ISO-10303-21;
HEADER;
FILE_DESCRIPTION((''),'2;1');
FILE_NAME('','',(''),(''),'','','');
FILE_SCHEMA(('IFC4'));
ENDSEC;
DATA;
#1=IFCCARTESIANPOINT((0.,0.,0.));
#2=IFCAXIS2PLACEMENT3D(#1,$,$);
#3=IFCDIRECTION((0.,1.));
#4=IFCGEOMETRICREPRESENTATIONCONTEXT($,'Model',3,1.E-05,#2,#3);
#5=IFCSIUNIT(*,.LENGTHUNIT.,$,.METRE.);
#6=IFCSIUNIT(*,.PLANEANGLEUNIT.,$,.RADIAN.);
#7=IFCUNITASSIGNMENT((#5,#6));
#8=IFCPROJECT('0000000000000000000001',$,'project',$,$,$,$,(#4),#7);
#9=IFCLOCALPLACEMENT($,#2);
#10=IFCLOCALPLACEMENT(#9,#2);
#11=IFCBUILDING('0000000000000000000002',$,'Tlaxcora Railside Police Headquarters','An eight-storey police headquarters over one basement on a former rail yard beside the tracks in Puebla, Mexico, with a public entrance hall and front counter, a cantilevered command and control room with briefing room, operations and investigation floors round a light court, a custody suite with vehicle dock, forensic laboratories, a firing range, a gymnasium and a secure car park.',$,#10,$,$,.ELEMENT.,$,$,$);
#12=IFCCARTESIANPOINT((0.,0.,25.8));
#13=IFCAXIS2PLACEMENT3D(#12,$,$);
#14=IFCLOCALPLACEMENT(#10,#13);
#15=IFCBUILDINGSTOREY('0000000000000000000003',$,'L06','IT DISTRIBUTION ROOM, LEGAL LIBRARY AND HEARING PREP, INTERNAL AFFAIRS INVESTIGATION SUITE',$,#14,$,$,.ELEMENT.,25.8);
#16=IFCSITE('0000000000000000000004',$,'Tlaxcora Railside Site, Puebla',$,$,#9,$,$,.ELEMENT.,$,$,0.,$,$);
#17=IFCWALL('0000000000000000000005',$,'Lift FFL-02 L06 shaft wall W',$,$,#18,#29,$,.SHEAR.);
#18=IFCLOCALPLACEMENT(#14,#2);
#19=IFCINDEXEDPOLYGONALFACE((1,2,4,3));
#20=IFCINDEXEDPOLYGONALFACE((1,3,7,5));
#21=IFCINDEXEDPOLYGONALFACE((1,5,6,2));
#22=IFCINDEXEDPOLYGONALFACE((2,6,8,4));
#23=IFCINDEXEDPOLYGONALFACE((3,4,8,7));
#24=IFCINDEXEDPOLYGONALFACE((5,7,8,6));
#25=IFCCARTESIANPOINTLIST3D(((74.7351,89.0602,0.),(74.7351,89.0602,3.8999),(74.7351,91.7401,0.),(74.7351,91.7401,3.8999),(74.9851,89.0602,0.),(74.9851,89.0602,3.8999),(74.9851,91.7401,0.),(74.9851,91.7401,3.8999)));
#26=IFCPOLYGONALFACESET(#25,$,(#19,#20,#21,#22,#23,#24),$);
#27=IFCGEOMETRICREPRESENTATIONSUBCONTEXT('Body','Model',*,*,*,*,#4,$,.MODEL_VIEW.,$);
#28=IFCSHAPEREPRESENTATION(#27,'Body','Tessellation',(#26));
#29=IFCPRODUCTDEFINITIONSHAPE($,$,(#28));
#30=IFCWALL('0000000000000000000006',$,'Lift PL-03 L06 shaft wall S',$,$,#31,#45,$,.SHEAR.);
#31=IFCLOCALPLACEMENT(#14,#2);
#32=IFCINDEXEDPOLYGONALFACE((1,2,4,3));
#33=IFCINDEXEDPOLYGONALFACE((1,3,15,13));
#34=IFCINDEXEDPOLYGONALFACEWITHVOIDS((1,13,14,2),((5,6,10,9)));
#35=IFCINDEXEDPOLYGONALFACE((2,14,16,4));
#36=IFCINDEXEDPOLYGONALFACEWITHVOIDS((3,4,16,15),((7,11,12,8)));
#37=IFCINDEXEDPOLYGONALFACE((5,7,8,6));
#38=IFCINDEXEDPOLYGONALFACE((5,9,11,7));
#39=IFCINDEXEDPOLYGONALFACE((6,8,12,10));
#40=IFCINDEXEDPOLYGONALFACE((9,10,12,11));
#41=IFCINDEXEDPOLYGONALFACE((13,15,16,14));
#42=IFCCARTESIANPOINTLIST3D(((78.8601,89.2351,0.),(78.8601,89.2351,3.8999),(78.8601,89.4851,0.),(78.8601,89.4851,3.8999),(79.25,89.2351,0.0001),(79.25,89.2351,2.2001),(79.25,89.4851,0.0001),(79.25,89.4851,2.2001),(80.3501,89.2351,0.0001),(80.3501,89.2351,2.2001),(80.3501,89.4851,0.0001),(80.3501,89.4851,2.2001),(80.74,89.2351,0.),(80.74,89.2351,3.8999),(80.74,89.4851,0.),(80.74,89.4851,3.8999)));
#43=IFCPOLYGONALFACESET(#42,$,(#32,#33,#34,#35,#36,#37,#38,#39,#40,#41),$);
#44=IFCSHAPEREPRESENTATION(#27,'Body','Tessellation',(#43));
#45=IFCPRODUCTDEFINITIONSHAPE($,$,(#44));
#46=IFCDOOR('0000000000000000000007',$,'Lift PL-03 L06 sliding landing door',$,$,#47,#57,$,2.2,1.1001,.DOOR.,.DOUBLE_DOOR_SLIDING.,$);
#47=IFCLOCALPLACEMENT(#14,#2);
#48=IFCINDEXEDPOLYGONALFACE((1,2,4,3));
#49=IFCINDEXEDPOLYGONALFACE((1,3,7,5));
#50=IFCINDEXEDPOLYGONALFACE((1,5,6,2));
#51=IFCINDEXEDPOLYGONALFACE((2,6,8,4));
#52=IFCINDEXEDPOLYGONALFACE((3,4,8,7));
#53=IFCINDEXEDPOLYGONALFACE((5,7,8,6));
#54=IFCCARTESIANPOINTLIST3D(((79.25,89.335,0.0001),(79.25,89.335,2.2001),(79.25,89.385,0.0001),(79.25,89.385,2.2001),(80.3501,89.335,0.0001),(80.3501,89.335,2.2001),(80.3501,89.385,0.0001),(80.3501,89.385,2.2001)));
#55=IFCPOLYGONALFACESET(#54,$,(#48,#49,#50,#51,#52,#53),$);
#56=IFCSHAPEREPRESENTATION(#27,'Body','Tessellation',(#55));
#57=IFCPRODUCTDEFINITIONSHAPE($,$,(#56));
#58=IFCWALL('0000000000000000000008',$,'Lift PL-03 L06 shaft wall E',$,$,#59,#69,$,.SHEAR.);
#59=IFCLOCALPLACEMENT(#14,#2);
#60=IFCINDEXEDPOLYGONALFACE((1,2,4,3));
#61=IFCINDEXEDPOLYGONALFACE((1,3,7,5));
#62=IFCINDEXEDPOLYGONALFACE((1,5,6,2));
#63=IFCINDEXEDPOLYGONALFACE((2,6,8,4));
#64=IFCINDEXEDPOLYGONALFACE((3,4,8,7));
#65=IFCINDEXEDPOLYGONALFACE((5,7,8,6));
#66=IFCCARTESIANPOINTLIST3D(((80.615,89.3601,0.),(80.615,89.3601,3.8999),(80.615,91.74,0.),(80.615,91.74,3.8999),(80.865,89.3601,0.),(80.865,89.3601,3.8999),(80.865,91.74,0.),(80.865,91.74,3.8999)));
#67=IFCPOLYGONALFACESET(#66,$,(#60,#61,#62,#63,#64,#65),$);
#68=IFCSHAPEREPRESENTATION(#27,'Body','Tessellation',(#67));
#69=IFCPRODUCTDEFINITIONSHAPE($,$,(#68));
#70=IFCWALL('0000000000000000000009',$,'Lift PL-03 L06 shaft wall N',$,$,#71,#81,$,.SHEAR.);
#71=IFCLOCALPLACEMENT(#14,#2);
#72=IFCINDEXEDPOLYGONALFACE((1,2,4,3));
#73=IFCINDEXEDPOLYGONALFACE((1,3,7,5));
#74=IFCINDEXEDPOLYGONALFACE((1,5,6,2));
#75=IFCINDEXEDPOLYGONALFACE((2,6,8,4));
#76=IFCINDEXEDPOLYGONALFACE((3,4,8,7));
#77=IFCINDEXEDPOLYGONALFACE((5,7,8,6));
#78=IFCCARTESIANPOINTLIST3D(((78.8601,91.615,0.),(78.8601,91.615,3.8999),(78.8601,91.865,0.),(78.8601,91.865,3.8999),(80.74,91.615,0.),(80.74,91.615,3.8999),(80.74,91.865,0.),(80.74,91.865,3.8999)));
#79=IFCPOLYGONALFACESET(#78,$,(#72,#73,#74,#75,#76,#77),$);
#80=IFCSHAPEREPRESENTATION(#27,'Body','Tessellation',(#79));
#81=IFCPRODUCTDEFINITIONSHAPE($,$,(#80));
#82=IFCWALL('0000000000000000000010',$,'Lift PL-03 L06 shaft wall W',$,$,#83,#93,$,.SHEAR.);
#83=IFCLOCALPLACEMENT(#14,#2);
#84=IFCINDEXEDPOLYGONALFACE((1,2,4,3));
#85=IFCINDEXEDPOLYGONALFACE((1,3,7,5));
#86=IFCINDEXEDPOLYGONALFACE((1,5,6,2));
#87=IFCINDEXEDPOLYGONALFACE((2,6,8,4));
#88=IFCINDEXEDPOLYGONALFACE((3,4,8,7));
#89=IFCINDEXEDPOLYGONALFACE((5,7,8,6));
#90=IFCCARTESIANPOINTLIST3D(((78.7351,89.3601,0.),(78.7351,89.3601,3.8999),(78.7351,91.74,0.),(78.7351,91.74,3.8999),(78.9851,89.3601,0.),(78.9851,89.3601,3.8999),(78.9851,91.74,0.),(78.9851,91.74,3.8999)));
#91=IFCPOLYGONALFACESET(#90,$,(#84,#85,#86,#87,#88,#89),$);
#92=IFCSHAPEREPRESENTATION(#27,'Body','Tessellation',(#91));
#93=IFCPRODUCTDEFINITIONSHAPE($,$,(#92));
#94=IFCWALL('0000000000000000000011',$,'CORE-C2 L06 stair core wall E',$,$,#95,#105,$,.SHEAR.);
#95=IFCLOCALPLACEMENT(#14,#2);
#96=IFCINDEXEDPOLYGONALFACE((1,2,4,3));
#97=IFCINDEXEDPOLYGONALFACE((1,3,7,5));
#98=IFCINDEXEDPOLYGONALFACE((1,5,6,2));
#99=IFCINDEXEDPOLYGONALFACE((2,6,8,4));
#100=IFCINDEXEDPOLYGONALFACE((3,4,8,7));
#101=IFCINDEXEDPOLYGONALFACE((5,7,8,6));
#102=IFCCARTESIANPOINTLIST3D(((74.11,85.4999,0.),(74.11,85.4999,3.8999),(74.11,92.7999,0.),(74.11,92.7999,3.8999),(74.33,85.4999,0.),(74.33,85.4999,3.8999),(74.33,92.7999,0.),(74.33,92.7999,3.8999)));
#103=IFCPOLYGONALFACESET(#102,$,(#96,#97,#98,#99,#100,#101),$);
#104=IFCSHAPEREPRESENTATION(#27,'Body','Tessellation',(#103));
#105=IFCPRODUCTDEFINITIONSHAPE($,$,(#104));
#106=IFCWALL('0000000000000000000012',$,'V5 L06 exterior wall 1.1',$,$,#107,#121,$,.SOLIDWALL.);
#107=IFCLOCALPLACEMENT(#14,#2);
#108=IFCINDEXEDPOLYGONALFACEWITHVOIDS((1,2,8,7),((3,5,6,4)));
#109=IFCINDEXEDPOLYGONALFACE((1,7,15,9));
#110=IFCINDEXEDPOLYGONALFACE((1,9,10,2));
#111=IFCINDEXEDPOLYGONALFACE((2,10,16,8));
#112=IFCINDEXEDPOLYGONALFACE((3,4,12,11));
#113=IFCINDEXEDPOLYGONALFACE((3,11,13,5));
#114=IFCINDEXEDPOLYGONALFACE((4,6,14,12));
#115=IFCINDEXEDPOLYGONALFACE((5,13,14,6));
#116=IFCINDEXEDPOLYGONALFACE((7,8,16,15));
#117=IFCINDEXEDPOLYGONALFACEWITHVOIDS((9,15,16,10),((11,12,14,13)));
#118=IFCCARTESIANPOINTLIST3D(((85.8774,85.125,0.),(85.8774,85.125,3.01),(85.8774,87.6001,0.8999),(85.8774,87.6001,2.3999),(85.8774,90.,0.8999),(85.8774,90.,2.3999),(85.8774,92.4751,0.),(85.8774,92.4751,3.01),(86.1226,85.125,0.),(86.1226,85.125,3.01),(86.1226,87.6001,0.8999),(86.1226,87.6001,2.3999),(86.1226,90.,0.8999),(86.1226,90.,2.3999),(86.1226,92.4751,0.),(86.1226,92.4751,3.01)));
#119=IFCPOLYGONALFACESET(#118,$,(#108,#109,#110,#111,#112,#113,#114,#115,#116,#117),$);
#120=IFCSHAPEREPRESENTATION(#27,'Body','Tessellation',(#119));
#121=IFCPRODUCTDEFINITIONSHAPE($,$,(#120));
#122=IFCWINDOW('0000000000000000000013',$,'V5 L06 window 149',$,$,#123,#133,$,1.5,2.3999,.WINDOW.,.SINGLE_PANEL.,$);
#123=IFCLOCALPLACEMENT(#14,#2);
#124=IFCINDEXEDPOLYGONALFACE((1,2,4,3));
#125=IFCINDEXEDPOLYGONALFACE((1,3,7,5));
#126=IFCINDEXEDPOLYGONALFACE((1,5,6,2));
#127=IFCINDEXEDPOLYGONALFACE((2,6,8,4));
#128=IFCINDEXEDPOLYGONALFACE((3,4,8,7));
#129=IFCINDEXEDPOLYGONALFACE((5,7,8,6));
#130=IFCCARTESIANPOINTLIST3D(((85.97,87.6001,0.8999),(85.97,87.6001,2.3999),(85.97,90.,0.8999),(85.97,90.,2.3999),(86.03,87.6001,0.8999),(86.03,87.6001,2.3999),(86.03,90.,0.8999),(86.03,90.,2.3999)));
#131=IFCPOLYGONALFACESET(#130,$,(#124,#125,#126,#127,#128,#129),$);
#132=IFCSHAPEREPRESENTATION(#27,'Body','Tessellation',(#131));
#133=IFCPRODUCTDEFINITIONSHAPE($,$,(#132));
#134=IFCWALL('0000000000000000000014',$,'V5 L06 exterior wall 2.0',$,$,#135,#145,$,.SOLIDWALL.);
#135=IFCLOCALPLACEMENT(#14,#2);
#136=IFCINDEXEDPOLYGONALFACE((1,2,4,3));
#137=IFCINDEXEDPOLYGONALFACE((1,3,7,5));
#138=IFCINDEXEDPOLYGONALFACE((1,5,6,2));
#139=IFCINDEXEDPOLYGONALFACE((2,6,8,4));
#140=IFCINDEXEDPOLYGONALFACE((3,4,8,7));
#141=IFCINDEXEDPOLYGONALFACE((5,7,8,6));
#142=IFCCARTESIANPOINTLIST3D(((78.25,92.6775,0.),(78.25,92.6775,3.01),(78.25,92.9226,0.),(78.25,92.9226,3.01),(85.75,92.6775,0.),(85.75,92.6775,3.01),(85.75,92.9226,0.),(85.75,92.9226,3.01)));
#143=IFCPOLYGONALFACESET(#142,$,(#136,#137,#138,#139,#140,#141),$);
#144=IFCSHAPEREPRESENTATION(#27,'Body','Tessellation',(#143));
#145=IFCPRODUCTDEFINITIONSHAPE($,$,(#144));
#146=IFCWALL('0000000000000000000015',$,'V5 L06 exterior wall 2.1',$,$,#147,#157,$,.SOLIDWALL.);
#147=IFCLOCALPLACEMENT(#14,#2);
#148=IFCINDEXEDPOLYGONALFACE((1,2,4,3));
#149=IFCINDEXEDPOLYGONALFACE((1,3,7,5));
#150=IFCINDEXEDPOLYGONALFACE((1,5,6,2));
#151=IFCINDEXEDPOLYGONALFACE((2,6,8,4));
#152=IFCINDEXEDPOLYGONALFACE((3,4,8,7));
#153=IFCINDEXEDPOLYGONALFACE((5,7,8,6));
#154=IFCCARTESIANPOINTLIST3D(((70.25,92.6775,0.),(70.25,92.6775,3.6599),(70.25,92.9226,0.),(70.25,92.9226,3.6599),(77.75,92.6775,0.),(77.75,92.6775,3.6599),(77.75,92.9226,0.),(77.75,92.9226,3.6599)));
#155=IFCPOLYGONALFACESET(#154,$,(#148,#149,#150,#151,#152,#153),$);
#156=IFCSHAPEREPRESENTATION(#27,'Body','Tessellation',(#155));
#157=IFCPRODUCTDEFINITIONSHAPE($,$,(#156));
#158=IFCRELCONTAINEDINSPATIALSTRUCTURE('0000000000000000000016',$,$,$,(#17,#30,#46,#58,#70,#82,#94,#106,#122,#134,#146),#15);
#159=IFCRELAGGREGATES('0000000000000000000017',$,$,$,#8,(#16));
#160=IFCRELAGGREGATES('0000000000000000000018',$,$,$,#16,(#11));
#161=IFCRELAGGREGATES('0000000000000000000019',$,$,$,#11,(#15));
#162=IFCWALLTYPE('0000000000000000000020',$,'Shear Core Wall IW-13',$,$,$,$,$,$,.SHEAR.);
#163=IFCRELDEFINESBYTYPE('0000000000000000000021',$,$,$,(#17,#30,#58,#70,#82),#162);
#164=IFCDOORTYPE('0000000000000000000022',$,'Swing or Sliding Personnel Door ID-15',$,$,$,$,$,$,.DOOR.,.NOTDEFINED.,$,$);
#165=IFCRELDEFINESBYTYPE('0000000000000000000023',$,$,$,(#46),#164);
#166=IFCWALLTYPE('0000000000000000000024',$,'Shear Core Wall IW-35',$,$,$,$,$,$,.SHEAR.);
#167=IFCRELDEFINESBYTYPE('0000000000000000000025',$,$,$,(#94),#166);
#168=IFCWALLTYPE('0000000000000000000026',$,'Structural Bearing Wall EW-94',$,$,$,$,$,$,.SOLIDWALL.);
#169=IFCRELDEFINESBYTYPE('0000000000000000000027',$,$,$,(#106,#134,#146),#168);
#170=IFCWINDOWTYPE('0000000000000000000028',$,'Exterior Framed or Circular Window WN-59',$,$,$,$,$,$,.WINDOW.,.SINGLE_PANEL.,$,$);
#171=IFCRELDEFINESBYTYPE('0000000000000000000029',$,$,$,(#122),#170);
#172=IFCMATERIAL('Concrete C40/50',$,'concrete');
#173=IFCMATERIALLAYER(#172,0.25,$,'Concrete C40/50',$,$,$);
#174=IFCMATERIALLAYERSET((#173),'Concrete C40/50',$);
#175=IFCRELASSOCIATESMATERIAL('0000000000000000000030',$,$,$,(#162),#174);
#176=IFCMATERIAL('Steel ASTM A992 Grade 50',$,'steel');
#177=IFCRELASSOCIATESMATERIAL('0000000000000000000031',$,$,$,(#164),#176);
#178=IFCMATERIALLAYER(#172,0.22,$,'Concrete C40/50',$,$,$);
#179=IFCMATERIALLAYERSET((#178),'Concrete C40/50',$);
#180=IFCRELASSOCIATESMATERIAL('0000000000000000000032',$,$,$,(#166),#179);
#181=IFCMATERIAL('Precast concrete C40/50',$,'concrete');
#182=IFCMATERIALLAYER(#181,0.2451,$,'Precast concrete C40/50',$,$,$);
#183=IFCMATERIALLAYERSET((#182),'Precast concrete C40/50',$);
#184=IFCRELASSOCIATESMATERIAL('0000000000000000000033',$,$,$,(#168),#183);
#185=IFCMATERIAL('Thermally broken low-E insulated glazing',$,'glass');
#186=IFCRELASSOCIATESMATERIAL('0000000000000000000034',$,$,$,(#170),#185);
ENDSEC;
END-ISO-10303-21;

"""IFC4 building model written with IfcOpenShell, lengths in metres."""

from ifc_helpers import new_model, si_unit, direction, frame, frame_2d, origin, place, context, subcontext, project, spatial, rectangle, extrude, material, layer, layer_set, type_object, element, fill, save


model = new_model("IFC4")

# Units and contexts
model_context = context("Model", 3, precision=1e-05, world=origin(), true_north=direction((0.0, 1.0)))
body_context = subcontext(model_context, "Body", "Model", "MODEL_VIEW")
ifc_project = project(units=[si_unit("LENGTHUNIT", "METRE"), si_unit("PLANEANGLEUNIT", "RADIAN")], contexts=[model_context])

# Site, building, storey
site_placement = place(None, origin())
site = spatial("IfcSite", under=ifc_project, at=site_placement, Name="Tlaxcora Railside Site, Puebla", CompositionType="ELEMENT", RefElevation=0.0)
building_placement = place(site_placement, origin())
building = spatial("IfcBuilding", under=site, at=building_placement, Name="Tlaxcora Railside Police Headquarters", Description="An eight-storey police headquarters over one basement on a former rail yard beside the tracks in Puebla, Mexico, with a public entrance hall and front counter, a cantilevered command and control room with briefing room, operations and investigation floors round a light court, a custody suite with vehicle dock, forensic laboratories, a firing range, a gymnasium and a secure car park.", CompositionType="ELEMENT")
storey_placement = place(building_placement, frame((0.0, 0.0, 25.8)))
storey = spatial("IfcBuildingStorey", under=building, at=storey_placement, Name="L06", Description="IT DISTRIBUTION ROOM, LEGAL LIBRARY AND HEARING PREP, INTERNAL AFFAIRS INVESTIGATION SUITE", CompositionType="ELEMENT", Elevation=25.8)

# Shared definitions
ifc_material_1 = material(Name="Concrete C40/50", Category="concrete")

# Shared definitions
ifc_material_2 = material(Name="Steel ASTM A992 Grade 50", Category="steel")

# Shared definitions
ifc_layer_1 = layer(ifc_material_1, 0.25, Name="Concrete C40/50")
ifc_layer_set_1 = layer_set([ifc_layer_1], Name="Concrete C40/50")
wall_type_1 = type_object("IfcWallType", Name="Shear Core Wall IW-13", PredefinedType="SHEAR", material=ifc_layer_set_1)
door_type = type_object("IfcDoorType", Name="Swing or Sliding Personnel Door ID-15", OperationType="NOTDEFINED", PredefinedType="DOOR", material=ifc_material_2)

# Wall
wall_1_placement = place(storey_placement, frame((74.8601, 91.74, 0.0), z_axis=(0.0, 0.0, 1.0), x_axis=(0.0, -1.0, 0.0)))
element("IfcWall", 1, at=wall_1_placement, inside=storey, type_object=wall_type_1, Name="Lift FFL-02 L06 shaft wall W", PredefinedType="SHEAR", context=body_context, shape_type="SweptSolid", body=[
    extrude(rectangle(XDim=2.6799, YDim=0.25, at=frame_2d((1.3398, 0.0))), origin(), (0.0, 0.0, 1.0), 3.8999),
])

# Wall, opening, door
wall_2_placement = place(storey_placement, frame((78.8601, 89.3601, 0.0), z_axis=(0.0, 0.0, 1.0), x_axis=(1.0, 0.0, 0.0)))
wall_2 = element("IfcWall", 2, at=wall_2_placement, inside=storey, type_object=wall_type_1, Name="Lift PL-03 L06 shaft wall S", PredefinedType="SHEAR", context=body_context, shape_type="SweptSolid", body=[
    extrude(rectangle(XDim=1.8799, YDim=0.25, at=frame_2d((0.9399, 0.0))), origin(), (0.0, 0.0, 1.0), 3.8999),
])
opening_1_placement = place(wall_2_placement, frame((0.3899, 0.0, 0.0)))
opening_1 = element("IfcOpeningElement", 3, at=opening_1_placement, cuts=wall_2, PredefinedType="OPENING", context=body_context, shape_type="SweptSolid", body=[
    extrude(rectangle(XDim=1.1001, YDim=2.2, at=frame_2d((0.55, 1.1001))), frame((0.0, 0.135, 0.0), z_axis=(0.0, -1.0, 0.0), x_axis=(1.0, 0.0, 0.0)), (0.0, 0.0, 1.0), 0.27),
])
door_1_placement = place(opening_1_placement, origin())
door_1 = element("IfcDoor", 4, at=door_1_placement, inside=storey, type_object=door_type, Name="Lift PL-03 L06 sliding landing door", OperationType="DOUBLE_DOOR_SLIDING", OverallHeight=2.2, OverallWidth=1.1001, PredefinedType="DOOR", context=body_context, shape_type="SweptSolid", body=[
    extrude(rectangle(XDim=1.1001, YDim=2.2, at=frame_2d((0.55, 1.1001))), frame((0.0, 0.0249, 0.0), z_axis=(0.0, -1.0, 0.0), x_axis=(1.0, 0.0, 0.0)), (0.0, 0.0, 1.0), 0.05),
])
fill(opening_1, door_1)

# Walls
wall_3_placement = place(storey_placement, frame((80.74, 89.3601, 0.0), z_axis=(0.0, 0.0, 1.0), x_axis=(0.0, 1.0, 0.0)))
element("IfcWall", 5, at=wall_3_placement, inside=storey, type_object=wall_type_1, Name="Lift PL-03 L06 shaft wall E", PredefinedType="SHEAR", context=body_context, shape_type="SweptSolid", body=[
    extrude(rectangle(XDim=2.3799, YDim=0.25, at=frame_2d((1.1899, 0.0))), origin(), (0.0, 0.0, 1.0), 3.8999),
])
wall_4_placement = place(storey_placement, frame((80.74, 91.74, 0.0), z_axis=(0.0, 0.0, 1.0), x_axis=(-1.0, 0.0, 0.0)))
element("IfcWall", 6, at=wall_4_placement, inside=storey, type_object=wall_type_1, Name="Lift PL-03 L06 shaft wall N", PredefinedType="SHEAR", context=body_context, shape_type="SweptSolid", body=[
    extrude(rectangle(XDim=1.8799, YDim=0.25, at=frame_2d((0.9399, 0.0))), origin(), (0.0, 0.0, 1.0), 3.8999),
])
wall_5_placement = place(storey_placement, frame((78.8601, 91.74, 0.0), z_axis=(0.0, 0.0, 1.0), x_axis=(0.0, -1.0, 0.0)))
element("IfcWall", 7, at=wall_5_placement, inside=storey, type_object=wall_type_1, Name="Lift PL-03 L06 shaft wall W", PredefinedType="SHEAR", context=body_context, shape_type="SweptSolid", body=[
    extrude(rectangle(XDim=2.3799, YDim=0.25, at=frame_2d((1.1899, 0.0))), origin(), (0.0, 0.0, 1.0), 3.8999),
])
ifc_layer_2 = layer(ifc_material_1, 0.22, Name="Concrete C40/50")
ifc_layer_set_2 = layer_set([ifc_layer_2], Name="Concrete C40/50")
wall_type_2 = type_object("IfcWallType", Name="Shear Core Wall IW-35", PredefinedType="SHEAR", material=ifc_layer_set_2)
wall_6_placement = place(storey_placement, frame((74.22, 85.5, 0.0), z_axis=(0.0, 0.0, 1.0), x_axis=(0.0, 1.0, 0.0)))
element("IfcWall", 8, at=wall_6_placement, inside=storey, type_object=wall_type_2, Name="CORE-C2 L06 stair core wall E", PredefinedType="SHEAR", context=body_context, shape_type="SweptSolid", body=[
    extrude(rectangle(XDim=7.3, YDim=0.22, at=frame_2d((3.6499, 0.0))), origin(), (0.0, 0.0, 1.0), 3.8999),
])

# Wall, opening, window
ifc_material_3 = material(Name="Precast concrete C40/50", Category="concrete")
ifc_layer_3 = layer(ifc_material_3, 0.2451, Name="Precast concrete C40/50")
ifc_layer_set_3 = layer_set([ifc_layer_3], Name="Precast concrete C40/50")
wall_type_3 = type_object("IfcWallType", Name="Structural Bearing Wall EW-94", PredefinedType="SOLIDWALL", material=ifc_layer_set_3)
wall_7_placement = place(storey_placement, frame((86.0, 85.125, 0.0), z_axis=(0.0, 0.0, 1.0), x_axis=(0.0, 1.0, 0.0)))
wall_7 = element("IfcWall", 9, at=wall_7_placement, inside=storey, type_object=wall_type_3, Name="V5 L06 exterior wall 1.1", PredefinedType="SOLIDWALL", context=body_context, shape_type="SweptSolid", body=[
    extrude(rectangle(XDim=7.3501, YDim=0.2451, at=frame_2d((3.675, 0.0))), origin(), (0.0, 0.0, 1.0), 3.01),
])
opening_2_placement = place(wall_7_placement, frame((2.4751, 0.0, 0.8999)))
opening_2 = element("IfcOpeningElement", 10, at=opening_2_placement, cuts=wall_7, PredefinedType="OPENING", context=body_context, shape_type="SweptSolid", body=[
    extrude(rectangle(XDim=2.3999, YDim=1.5, at=frame_2d((1.2, 0.75))), frame((0.0, 0.1326, 0.0), z_axis=(0.0, -1.0, 0.0), x_axis=(1.0, 0.0, 0.0)), (0.0, 0.0, 1.0), 0.2651),
])
ifc_material_4 = material(Name="Thermally broken low-E insulated glazing", Category="glass")
window_type = type_object("IfcWindowType", Name="Exterior Framed or Circular Window WN-59", PartitioningType="SINGLE_PANEL", PredefinedType="WINDOW", material=ifc_material_4)
window_placement = place(opening_2_placement, origin())
window = element("IfcWindow", 11, at=window_placement, inside=storey, type_object=window_type, Name="V5 L06 window 149", OverallHeight=1.5, OverallWidth=2.3999, PartitioningType="SINGLE_PANEL", PredefinedType="WINDOW", context=body_context, shape_type="SweptSolid", body=[
    extrude(rectangle(XDim=2.3999, YDim=1.5, at=frame_2d((1.2, 0.75))), frame((0.0, 0.03, 0.0), z_axis=(0.0, -1.0, 0.0), x_axis=(1.0, 0.0, 0.0)), (0.0, 0.0, 1.0), 0.0601),
])
fill(opening_2, window)

# Walls
wall_8_placement = place(storey_placement, frame((85.75, 92.8, 0.0), z_axis=(0.0, 0.0, 1.0), x_axis=(-1.0, 0.0, 0.0)))
element("IfcWall", 12, at=wall_8_placement, inside=storey, type_object=wall_type_3, Name="V5 L06 exterior wall 2.0", PredefinedType="SOLIDWALL", context=body_context, shape_type="SweptSolid", body=[
    extrude(rectangle(XDim=7.5, YDim=0.2451, at=frame_2d((3.75, 0.0))), origin(), (0.0, 0.0, 1.0), 3.01),
])
wall_9_placement = place(storey_placement, frame((77.75, 92.8, 0.0), z_axis=(0.0, 0.0, 1.0), x_axis=(-1.0, 0.0, 0.0)))
element("IfcWall", 13, at=wall_9_placement, inside=storey, type_object=wall_type_3, Name="V5 L06 exterior wall 2.1", PredefinedType="SOLIDWALL", context=body_context, shape_type="SweptSolid", body=[
    extrude(rectangle(XDim=7.5, YDim=0.2451, at=frame_2d((3.75, 0.0))), origin(), (0.0, 0.0, 1.0), 3.6599),
])

save(model, "model.ifc")
